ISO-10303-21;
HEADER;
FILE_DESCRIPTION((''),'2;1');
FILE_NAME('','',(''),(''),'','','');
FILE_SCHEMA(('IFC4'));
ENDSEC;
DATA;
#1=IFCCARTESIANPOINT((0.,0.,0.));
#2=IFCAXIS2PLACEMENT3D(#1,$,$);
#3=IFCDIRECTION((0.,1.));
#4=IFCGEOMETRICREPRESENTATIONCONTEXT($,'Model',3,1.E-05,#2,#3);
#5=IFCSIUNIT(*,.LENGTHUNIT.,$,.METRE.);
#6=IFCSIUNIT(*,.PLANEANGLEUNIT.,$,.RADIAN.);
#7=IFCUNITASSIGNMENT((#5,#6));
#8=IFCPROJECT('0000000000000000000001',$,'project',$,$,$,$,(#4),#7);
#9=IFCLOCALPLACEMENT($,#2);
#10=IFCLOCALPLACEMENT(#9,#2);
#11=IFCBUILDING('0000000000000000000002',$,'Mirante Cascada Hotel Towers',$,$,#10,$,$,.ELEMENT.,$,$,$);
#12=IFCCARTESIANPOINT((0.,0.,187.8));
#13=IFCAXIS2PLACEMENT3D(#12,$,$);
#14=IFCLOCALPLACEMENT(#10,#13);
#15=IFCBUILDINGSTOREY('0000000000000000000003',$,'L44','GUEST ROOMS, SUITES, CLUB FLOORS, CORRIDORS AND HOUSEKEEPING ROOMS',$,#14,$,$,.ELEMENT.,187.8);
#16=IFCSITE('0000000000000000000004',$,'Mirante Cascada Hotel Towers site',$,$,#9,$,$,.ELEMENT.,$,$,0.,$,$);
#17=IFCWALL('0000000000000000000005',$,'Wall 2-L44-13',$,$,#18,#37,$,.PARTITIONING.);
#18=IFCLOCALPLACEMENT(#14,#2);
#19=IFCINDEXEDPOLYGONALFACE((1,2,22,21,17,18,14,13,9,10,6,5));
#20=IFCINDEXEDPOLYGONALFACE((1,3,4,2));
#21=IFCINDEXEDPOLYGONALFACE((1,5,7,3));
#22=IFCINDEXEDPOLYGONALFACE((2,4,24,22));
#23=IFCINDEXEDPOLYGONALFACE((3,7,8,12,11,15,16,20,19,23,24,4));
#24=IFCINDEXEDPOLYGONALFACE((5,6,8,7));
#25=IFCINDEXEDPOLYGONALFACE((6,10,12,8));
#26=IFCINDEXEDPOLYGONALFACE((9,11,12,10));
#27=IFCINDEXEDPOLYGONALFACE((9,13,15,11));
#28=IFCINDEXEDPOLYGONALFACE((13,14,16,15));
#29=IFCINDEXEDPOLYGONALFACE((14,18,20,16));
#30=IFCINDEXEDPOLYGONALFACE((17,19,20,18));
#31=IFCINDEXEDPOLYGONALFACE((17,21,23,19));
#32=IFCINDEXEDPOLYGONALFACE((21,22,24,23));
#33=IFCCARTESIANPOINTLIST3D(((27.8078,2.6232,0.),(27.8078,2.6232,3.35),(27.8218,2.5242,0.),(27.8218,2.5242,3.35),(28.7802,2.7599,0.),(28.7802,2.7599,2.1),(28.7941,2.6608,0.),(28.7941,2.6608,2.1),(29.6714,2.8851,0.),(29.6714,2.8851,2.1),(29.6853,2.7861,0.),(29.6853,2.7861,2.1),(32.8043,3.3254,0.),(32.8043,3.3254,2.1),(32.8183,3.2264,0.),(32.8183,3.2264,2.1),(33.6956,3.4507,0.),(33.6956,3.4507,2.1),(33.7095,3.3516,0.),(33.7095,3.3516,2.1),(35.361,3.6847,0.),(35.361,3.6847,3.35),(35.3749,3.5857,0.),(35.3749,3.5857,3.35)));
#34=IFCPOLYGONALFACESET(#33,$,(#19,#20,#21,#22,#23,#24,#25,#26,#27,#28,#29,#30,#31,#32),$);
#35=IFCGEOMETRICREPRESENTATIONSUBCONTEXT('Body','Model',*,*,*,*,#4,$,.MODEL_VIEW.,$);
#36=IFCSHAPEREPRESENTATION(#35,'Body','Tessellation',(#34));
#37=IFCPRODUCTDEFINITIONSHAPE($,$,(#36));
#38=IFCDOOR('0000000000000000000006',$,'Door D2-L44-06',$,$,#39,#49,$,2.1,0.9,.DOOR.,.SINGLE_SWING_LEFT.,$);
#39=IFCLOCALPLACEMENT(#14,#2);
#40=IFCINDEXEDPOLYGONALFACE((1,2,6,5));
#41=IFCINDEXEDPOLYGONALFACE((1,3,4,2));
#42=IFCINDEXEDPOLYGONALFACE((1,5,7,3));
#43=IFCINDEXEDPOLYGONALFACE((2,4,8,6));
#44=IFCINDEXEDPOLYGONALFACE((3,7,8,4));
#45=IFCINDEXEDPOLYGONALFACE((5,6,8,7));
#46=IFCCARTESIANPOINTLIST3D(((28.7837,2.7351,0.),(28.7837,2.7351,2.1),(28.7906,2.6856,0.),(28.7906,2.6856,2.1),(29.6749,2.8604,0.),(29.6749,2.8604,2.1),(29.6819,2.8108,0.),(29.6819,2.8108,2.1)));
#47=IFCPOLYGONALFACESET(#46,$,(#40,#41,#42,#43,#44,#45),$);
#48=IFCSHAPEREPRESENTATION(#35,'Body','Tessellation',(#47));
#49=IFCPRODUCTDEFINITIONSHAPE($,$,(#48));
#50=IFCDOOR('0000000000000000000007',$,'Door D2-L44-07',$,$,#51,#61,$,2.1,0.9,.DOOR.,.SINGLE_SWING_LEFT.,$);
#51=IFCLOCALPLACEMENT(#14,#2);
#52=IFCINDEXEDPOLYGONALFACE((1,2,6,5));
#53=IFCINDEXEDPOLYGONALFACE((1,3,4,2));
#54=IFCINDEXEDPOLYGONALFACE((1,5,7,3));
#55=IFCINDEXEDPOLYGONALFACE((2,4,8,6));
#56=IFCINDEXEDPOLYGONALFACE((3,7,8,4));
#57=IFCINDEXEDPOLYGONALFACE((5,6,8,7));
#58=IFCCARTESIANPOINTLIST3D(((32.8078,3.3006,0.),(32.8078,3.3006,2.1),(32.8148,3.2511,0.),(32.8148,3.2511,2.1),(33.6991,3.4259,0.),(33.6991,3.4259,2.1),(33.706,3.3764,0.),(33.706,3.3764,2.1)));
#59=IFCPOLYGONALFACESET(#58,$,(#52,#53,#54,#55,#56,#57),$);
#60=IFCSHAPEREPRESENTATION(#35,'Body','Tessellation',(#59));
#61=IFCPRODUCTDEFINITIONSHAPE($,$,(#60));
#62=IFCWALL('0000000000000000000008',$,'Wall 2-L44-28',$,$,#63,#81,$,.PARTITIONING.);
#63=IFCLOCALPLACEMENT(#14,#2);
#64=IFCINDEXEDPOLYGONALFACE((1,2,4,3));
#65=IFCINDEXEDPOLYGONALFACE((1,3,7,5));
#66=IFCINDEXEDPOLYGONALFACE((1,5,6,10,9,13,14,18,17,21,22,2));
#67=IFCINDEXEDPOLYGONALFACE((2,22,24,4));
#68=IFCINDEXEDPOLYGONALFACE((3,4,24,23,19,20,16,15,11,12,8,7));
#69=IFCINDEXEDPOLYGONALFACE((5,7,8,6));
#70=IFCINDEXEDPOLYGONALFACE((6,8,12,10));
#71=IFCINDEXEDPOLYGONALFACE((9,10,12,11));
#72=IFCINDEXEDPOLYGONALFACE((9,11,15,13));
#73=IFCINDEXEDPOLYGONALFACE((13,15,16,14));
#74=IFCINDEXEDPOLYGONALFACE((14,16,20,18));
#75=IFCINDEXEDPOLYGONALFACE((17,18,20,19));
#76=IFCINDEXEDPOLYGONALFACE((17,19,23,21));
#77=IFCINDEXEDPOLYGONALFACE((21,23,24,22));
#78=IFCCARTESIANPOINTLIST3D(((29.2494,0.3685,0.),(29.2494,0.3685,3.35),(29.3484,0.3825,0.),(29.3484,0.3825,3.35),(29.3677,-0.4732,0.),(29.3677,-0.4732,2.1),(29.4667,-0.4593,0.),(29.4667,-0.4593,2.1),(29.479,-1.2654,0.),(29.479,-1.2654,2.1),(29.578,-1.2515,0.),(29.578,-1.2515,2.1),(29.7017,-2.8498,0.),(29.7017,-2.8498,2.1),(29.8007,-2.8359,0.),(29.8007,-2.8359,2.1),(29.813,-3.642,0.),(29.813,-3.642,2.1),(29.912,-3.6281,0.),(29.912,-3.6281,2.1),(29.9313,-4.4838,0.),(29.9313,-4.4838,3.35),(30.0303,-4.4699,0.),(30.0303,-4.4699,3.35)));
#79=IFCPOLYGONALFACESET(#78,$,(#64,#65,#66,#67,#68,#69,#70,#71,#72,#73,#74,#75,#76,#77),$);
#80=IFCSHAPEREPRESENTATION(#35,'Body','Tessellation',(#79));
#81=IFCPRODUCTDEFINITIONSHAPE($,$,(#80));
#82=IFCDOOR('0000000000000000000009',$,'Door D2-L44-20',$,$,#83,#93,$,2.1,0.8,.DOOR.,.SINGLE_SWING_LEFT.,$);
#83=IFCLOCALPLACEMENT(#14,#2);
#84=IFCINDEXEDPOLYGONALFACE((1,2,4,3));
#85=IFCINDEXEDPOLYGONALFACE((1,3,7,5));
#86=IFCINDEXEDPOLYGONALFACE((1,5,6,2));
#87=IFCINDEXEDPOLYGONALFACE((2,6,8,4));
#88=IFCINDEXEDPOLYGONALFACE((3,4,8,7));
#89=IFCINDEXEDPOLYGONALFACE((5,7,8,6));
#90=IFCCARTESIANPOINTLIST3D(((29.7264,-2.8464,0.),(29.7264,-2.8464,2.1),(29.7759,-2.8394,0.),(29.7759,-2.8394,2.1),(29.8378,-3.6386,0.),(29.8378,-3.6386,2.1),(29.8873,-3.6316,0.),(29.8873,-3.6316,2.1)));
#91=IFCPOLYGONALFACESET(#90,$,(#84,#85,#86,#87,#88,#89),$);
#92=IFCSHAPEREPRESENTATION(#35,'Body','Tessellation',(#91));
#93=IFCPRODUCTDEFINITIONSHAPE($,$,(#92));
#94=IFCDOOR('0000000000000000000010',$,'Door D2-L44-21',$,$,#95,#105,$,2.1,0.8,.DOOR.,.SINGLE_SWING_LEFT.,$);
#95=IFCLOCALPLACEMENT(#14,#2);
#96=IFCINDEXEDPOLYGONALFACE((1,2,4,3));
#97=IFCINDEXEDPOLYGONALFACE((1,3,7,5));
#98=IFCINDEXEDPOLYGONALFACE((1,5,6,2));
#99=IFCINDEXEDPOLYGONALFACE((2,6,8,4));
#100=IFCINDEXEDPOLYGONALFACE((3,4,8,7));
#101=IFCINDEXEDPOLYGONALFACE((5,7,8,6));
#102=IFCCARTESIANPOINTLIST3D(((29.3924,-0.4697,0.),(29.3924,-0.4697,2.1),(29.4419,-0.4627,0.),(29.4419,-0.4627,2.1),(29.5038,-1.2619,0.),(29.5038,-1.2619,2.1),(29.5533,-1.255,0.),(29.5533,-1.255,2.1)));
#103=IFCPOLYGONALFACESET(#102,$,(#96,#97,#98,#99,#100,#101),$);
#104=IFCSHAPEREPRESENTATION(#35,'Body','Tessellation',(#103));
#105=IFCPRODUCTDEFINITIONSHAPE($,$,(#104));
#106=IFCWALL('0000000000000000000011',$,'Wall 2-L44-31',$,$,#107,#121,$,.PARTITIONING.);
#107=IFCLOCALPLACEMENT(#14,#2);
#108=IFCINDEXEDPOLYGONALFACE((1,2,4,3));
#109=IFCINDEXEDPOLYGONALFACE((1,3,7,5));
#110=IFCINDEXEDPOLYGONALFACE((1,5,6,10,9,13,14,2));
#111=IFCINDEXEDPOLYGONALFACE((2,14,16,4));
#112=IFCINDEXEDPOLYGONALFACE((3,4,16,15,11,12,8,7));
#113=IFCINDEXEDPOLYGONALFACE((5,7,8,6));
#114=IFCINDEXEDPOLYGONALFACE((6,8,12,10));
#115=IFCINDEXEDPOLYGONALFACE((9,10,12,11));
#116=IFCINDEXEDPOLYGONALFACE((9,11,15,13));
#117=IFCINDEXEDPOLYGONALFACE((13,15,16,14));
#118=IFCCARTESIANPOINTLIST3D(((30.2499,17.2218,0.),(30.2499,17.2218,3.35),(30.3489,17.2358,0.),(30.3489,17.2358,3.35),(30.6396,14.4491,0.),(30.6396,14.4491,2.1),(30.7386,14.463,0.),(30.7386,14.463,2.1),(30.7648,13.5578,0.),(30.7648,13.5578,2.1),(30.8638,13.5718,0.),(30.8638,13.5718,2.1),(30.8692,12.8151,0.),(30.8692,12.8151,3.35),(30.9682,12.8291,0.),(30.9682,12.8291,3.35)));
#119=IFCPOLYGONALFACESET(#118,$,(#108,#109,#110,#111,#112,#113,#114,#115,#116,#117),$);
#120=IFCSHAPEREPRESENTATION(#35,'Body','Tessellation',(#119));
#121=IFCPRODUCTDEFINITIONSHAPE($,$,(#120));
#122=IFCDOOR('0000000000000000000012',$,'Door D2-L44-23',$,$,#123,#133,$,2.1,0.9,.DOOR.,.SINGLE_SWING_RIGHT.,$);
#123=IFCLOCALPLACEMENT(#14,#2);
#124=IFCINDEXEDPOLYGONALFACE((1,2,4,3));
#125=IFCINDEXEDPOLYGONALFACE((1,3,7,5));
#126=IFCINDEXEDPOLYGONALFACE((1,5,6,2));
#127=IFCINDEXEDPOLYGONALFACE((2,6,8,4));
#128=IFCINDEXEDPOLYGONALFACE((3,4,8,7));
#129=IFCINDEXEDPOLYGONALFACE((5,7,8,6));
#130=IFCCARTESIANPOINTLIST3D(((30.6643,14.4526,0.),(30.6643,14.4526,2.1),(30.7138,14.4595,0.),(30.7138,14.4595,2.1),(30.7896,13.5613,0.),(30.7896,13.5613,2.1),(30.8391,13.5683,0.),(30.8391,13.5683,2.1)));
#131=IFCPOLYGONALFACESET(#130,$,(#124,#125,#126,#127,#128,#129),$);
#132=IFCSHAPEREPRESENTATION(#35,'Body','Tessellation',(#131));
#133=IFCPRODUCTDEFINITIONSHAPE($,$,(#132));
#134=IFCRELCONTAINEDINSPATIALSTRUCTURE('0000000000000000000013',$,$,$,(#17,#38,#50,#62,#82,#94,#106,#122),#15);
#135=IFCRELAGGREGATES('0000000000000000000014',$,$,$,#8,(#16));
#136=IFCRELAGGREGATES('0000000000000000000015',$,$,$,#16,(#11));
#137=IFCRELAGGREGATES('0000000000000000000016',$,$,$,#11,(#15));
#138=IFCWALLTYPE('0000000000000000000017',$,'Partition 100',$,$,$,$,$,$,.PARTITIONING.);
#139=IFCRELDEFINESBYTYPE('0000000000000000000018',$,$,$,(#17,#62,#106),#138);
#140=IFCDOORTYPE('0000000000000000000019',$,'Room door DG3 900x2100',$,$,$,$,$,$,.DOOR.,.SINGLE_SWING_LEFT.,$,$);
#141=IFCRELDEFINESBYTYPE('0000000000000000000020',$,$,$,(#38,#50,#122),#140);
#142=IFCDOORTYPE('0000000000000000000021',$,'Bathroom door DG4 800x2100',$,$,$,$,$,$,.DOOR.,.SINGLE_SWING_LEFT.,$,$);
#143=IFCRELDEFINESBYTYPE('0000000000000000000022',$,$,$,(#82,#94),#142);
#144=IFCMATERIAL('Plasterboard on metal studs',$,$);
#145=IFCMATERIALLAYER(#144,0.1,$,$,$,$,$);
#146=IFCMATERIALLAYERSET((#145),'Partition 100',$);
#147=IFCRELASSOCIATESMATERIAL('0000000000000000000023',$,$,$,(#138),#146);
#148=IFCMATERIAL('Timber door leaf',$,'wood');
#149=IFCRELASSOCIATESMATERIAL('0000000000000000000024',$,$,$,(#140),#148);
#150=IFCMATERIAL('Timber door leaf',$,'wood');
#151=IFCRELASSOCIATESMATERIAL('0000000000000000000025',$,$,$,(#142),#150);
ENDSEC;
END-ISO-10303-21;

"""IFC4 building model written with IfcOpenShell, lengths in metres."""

from ifc_helpers import new_model, si_unit, direction, frame, frame_2d, origin, place, context, subcontext, project, spatial, rectangle, extrude, material, layer, layer_set, type_object, element, fill, save


model = new_model("IFC4")

# Units and contexts
model_context = context("Model", 3, precision=1e-05, world=origin(), true_north=direction((0.0, 1.0)))
body_context = subcontext(model_context, "Body", "Model", "MODEL_VIEW")
ifc_project = project(units=[si_unit("LENGTHUNIT", "METRE"), si_unit("PLANEANGLEUNIT", "RADIAN")], contexts=[model_context])

# Site, building, storey
site_placement = place(None, origin())
site = spatial("IfcSite", under=ifc_project, at=site_placement, Name="Mirante Cascada Hotel Towers site", CompositionType="ELEMENT", RefElevation=0.0)
building_placement = place(site_placement, origin())
building = spatial("IfcBuilding", under=site, at=building_placement, Name="Mirante Cascada Hotel Towers", CompositionType="ELEMENT")
storey_placement = place(building_placement, frame((0.0, 0.0, 187.8)))
storey = spatial("IfcBuildingStorey", under=building, at=storey_placement, Name="L44", Description="GUEST ROOMS, SUITES, CLUB FLOORS, CORRIDORS AND HOUSEKEEPING ROOMS", CompositionType="ELEMENT", Elevation=187.8)

# Shared definitions
ifc_material_1 = material(Name="Plasterboard on metal studs")
ifc_layer_1 = layer(ifc_material_1, 0.1)
ifc_layer_set_1 = layer_set([ifc_layer_1], Name="Partition 100")
wall_type_1 = type_object("IfcWallType", Name="Partition 100", PredefinedType="PARTITIONING", material=ifc_layer_set_1)

# Walls, openings, doors
wall_1_placement = place(storey_placement, frame((27.8148, 2.5737, 0.0), z_axis=(0.0, 0.0, 1.0), x_axis=(0.990269, 0.139169, 0.0)))
wall_1 = element("IfcWall", 1, at=wall_1_placement, inside=storey, type_object=wall_type_1, Name="Wall 2-L44-13", PredefinedType="PARTITIONING", context=body_context, shape_type="SweptSolid", body=[
    extrude(rectangle(XDim=7.6274, YDim=0.1, at=frame_2d((3.8137, 0.0))), origin(), (0.0, 0.0, 1.0), 3.35),
])
opening_1_placement = place(wall_1_placement, frame((0.9819, 0.0, 0.0)))
opening_1 = element("IfcOpeningElement", 2, at=opening_1_placement, cuts=wall_1, PredefinedType="OPENING", context=body_context, shape_type="SweptSolid", body=[
    extrude(rectangle(XDim=0.9, YDim=2.1, at=frame_2d((0.45, 1.05))), frame((0.0, 0.05, 0.0), z_axis=(0.0, -1.0, 0.0), x_axis=(1.0, 0.0, 0.0)), (0.0, 0.0, 1.0), 0.1),
])
opening_2_placement = place(wall_1_placement, frame((5.0456, 0.0, 0.0)))
opening_2 = element("IfcOpeningElement", 3, at=opening_2_placement, cuts=wall_1, PredefinedType="OPENING", context=body_context, shape_type="SweptSolid", body=[
    extrude(rectangle(XDim=0.9, YDim=2.1, at=frame_2d((0.45, 1.05))), frame((0.0, 0.05, 0.0), z_axis=(0.0, -1.0, 0.0), x_axis=(1.0, 0.0, 0.0)), (0.0, 0.0, 1.0), 0.1),
])
ifc_material_2 = material(Name="Timber door leaf", Category="wood")
door_type_1 = type_object("IfcDoorType", Name="Room door DG3 900x2100", OperationType="SINGLE_SWING_LEFT", PredefinedType="DOOR", material=ifc_material_2)
door_1_placement = place(opening_1_placement, origin())
door_1 = element("IfcDoor", 4, at=door_1_placement, inside=storey, type_object=door_type_1, Name="Door D2-L44-06", OperationType="SINGLE_SWING_LEFT", OverallHeight=2.1, OverallWidth=0.9, PredefinedType="DOOR", context=body_context, shape_type="SweptSolid", body=[
    extrude(rectangle(XDim=0.9, YDim=2.1, at=frame_2d((0.45, 1.05))), frame((0.0, 0.025, 0.0), z_axis=(0.0, -1.0, 0.0), x_axis=(1.0, 0.0, 0.0)), (0.0, 0.0, 1.0), 0.05),
])
fill(opening_1, door_1)
door_2_placement = place(opening_2_placement, origin())
door_2 = element("IfcDoor", 5, at=door_2_placement, inside=storey, type_object=door_type_1, Name="Door D2-L44-07", OperationType="SINGLE_SWING_LEFT", OverallHeight=2.1, OverallWidth=0.9, PredefinedType="DOOR", context=body_context, shape_type="SweptSolid", body=[
    extrude(rectangle(XDim=0.9, YDim=2.1, at=frame_2d((0.45, 1.05))), frame((0.0, 0.025, 0.0), z_axis=(0.0, -1.0, 0.0), x_axis=(1.0, 0.0, 0.0)), (0.0, 0.0, 1.0), 0.05),
])
fill(opening_2, door_2)
wall_2_placement = place(storey_placement, frame((29.2989, 0.3755, 0.0), z_axis=(0.0, 0.0, 1.0), x_axis=(0.139164, -0.990269, 0.0)))
wall_2 = element("IfcWall", 6, at=wall_2_placement, inside=storey, type_object=wall_type_1, Name="Wall 2-L44-28", PredefinedType="PARTITIONING", context=body_context, shape_type="SweptSolid", body=[
    extrude(rectangle(XDim=4.9, YDim=0.1, at=frame_2d((2.45, 0.0))), origin(), (0.0, 0.0, 1.0), 3.35),
])
opening_3_placement = place(wall_2_placement, frame((3.25, 0.0, 0.0)))
opening_3 = element("IfcOpeningElement", 7, at=opening_3_placement, cuts=wall_2, PredefinedType="OPENING", context=body_context, shape_type="SweptSolid", body=[
    extrude(rectangle(XDim=0.8, YDim=2.1, at=frame_2d((0.4, 1.05))), frame((0.0, 0.05, 0.0), z_axis=(0.0, -1.0, 0.0), x_axis=(1.0, 0.0, 0.0)), (0.0, 0.0, 1.0), 0.1),
])
opening_4_placement = place(wall_2_placement, frame((0.85, 0.0, 0.0)))
opening_4 = element("IfcOpeningElement", 8, at=opening_4_placement, cuts=wall_2, PredefinedType="OPENING", context=body_context, shape_type="SweptSolid", body=[
    extrude(rectangle(XDim=0.8, YDim=2.1, at=frame_2d((0.4, 1.05))), frame((0.0, 0.05, 0.0), z_axis=(0.0, -1.0, 0.0), x_axis=(1.0, 0.0, 0.0)), (0.0, 0.0, 1.0), 0.1),
])
ifc_material_3 = material(Name="Timber door leaf", Category="wood")
door_type_2 = type_object("IfcDoorType", Name="Bathroom door DG4 800x2100", OperationType="SINGLE_SWING_LEFT", PredefinedType="DOOR", material=ifc_material_3)
door_3_placement = place(opening_3_placement, origin())
door_3 = element("IfcDoor", 9, at=door_3_placement, inside=storey, type_object=door_type_2, Name="Door D2-L44-20", OperationType="SINGLE_SWING_LEFT", OverallHeight=2.1, OverallWidth=0.8, PredefinedType="DOOR", context=body_context, shape_type="SweptSolid", body=[
    extrude(rectangle(XDim=0.8, YDim=2.1, at=frame_2d((0.4, 1.05))), frame((0.0, 0.025, 0.0), z_axis=(0.0, -1.0, 0.0), x_axis=(1.0, 0.0, 0.0)), (0.0, 0.0, 1.0), 0.05),
])
fill(opening_3, door_3)
door_4_placement = place(opening_4_placement, origin())
door_4 = element("IfcDoor", 10, at=door_4_placement, inside=storey, type_object=door_type_2, Name="Door D2-L44-21", OperationType="SINGLE_SWING_LEFT", OverallHeight=2.1, OverallWidth=0.8, PredefinedType="DOOR", context=body_context, shape_type="SweptSolid", body=[
    extrude(rectangle(XDim=0.8, YDim=2.1, at=frame_2d((0.4, 1.05))), frame((0.0, 0.025, 0.0), z_axis=(0.0, -1.0, 0.0), x_axis=(1.0, 0.0, 0.0)), (0.0, 0.0, 1.0), 0.05),
])
fill(opening_4, door_4)

# Wall, opening, door
wall_3_placement = place(storey_placement, frame((30.9187, 12.8221, 0.0), z_axis=(0.0, 0.0, 1.0), x_axis=(-0.139168, 0.990269, 0.0)))
wall_3 = element("IfcWall", 11, at=wall_3_placement, inside=storey, type_object=wall_type_1, Name="Wall 2-L44-31", PredefinedType="PARTITIONING", context=body_context, shape_type="SweptSolid", body=[
    extrude(rectangle(XDim=4.45, YDim=0.1, at=frame_2d((2.225, 0.0))), origin(), (0.0, 0.0, 1.0), 3.35),
])
opening_5_placement = place(wall_3_placement, frame((0.75, 0.0, 0.0)))
opening_5 = element("IfcOpeningElement", 12, at=opening_5_placement, cuts=wall_3, PredefinedType="OPENING", context=body_context, shape_type="SweptSolid", body=[
    extrude(rectangle(XDim=0.9, YDim=2.1, at=frame_2d((0.45, 1.05))), frame((0.0, 0.05, 0.0), z_axis=(0.0, -1.0, 0.0), x_axis=(1.0, 0.0, 0.0)), (0.0, 0.0, 1.0), 0.1),
])
door_5_placement = place(opening_5_placement, frame((0.9, 0.0, 0.0), z_axis=(0.0, 0.0, 1.0), x_axis=(-1.0, 0.0, 0.0)))
door_5 = element("IfcDoor", 13, at=door_5_placement, inside=storey, type_object=door_type_1, Name="Door D2-L44-23", OperationType="SINGLE_SWING_RIGHT", OverallHeight=2.1, OverallWidth=0.9, PredefinedType="DOOR", context=body_context, shape_type="SweptSolid", body=[
    extrude(rectangle(XDim=0.9, YDim=2.1, at=frame_2d((0.45, 1.05))), frame((0.0, 0.025, 0.0), z_axis=(0.0, -1.0, 0.0), x_axis=(1.0, 0.0, 0.0)), (0.0, 0.0, 1.0), 0.05),
])
fill(opening_5, door_5)

save(model, "model.ifc")
